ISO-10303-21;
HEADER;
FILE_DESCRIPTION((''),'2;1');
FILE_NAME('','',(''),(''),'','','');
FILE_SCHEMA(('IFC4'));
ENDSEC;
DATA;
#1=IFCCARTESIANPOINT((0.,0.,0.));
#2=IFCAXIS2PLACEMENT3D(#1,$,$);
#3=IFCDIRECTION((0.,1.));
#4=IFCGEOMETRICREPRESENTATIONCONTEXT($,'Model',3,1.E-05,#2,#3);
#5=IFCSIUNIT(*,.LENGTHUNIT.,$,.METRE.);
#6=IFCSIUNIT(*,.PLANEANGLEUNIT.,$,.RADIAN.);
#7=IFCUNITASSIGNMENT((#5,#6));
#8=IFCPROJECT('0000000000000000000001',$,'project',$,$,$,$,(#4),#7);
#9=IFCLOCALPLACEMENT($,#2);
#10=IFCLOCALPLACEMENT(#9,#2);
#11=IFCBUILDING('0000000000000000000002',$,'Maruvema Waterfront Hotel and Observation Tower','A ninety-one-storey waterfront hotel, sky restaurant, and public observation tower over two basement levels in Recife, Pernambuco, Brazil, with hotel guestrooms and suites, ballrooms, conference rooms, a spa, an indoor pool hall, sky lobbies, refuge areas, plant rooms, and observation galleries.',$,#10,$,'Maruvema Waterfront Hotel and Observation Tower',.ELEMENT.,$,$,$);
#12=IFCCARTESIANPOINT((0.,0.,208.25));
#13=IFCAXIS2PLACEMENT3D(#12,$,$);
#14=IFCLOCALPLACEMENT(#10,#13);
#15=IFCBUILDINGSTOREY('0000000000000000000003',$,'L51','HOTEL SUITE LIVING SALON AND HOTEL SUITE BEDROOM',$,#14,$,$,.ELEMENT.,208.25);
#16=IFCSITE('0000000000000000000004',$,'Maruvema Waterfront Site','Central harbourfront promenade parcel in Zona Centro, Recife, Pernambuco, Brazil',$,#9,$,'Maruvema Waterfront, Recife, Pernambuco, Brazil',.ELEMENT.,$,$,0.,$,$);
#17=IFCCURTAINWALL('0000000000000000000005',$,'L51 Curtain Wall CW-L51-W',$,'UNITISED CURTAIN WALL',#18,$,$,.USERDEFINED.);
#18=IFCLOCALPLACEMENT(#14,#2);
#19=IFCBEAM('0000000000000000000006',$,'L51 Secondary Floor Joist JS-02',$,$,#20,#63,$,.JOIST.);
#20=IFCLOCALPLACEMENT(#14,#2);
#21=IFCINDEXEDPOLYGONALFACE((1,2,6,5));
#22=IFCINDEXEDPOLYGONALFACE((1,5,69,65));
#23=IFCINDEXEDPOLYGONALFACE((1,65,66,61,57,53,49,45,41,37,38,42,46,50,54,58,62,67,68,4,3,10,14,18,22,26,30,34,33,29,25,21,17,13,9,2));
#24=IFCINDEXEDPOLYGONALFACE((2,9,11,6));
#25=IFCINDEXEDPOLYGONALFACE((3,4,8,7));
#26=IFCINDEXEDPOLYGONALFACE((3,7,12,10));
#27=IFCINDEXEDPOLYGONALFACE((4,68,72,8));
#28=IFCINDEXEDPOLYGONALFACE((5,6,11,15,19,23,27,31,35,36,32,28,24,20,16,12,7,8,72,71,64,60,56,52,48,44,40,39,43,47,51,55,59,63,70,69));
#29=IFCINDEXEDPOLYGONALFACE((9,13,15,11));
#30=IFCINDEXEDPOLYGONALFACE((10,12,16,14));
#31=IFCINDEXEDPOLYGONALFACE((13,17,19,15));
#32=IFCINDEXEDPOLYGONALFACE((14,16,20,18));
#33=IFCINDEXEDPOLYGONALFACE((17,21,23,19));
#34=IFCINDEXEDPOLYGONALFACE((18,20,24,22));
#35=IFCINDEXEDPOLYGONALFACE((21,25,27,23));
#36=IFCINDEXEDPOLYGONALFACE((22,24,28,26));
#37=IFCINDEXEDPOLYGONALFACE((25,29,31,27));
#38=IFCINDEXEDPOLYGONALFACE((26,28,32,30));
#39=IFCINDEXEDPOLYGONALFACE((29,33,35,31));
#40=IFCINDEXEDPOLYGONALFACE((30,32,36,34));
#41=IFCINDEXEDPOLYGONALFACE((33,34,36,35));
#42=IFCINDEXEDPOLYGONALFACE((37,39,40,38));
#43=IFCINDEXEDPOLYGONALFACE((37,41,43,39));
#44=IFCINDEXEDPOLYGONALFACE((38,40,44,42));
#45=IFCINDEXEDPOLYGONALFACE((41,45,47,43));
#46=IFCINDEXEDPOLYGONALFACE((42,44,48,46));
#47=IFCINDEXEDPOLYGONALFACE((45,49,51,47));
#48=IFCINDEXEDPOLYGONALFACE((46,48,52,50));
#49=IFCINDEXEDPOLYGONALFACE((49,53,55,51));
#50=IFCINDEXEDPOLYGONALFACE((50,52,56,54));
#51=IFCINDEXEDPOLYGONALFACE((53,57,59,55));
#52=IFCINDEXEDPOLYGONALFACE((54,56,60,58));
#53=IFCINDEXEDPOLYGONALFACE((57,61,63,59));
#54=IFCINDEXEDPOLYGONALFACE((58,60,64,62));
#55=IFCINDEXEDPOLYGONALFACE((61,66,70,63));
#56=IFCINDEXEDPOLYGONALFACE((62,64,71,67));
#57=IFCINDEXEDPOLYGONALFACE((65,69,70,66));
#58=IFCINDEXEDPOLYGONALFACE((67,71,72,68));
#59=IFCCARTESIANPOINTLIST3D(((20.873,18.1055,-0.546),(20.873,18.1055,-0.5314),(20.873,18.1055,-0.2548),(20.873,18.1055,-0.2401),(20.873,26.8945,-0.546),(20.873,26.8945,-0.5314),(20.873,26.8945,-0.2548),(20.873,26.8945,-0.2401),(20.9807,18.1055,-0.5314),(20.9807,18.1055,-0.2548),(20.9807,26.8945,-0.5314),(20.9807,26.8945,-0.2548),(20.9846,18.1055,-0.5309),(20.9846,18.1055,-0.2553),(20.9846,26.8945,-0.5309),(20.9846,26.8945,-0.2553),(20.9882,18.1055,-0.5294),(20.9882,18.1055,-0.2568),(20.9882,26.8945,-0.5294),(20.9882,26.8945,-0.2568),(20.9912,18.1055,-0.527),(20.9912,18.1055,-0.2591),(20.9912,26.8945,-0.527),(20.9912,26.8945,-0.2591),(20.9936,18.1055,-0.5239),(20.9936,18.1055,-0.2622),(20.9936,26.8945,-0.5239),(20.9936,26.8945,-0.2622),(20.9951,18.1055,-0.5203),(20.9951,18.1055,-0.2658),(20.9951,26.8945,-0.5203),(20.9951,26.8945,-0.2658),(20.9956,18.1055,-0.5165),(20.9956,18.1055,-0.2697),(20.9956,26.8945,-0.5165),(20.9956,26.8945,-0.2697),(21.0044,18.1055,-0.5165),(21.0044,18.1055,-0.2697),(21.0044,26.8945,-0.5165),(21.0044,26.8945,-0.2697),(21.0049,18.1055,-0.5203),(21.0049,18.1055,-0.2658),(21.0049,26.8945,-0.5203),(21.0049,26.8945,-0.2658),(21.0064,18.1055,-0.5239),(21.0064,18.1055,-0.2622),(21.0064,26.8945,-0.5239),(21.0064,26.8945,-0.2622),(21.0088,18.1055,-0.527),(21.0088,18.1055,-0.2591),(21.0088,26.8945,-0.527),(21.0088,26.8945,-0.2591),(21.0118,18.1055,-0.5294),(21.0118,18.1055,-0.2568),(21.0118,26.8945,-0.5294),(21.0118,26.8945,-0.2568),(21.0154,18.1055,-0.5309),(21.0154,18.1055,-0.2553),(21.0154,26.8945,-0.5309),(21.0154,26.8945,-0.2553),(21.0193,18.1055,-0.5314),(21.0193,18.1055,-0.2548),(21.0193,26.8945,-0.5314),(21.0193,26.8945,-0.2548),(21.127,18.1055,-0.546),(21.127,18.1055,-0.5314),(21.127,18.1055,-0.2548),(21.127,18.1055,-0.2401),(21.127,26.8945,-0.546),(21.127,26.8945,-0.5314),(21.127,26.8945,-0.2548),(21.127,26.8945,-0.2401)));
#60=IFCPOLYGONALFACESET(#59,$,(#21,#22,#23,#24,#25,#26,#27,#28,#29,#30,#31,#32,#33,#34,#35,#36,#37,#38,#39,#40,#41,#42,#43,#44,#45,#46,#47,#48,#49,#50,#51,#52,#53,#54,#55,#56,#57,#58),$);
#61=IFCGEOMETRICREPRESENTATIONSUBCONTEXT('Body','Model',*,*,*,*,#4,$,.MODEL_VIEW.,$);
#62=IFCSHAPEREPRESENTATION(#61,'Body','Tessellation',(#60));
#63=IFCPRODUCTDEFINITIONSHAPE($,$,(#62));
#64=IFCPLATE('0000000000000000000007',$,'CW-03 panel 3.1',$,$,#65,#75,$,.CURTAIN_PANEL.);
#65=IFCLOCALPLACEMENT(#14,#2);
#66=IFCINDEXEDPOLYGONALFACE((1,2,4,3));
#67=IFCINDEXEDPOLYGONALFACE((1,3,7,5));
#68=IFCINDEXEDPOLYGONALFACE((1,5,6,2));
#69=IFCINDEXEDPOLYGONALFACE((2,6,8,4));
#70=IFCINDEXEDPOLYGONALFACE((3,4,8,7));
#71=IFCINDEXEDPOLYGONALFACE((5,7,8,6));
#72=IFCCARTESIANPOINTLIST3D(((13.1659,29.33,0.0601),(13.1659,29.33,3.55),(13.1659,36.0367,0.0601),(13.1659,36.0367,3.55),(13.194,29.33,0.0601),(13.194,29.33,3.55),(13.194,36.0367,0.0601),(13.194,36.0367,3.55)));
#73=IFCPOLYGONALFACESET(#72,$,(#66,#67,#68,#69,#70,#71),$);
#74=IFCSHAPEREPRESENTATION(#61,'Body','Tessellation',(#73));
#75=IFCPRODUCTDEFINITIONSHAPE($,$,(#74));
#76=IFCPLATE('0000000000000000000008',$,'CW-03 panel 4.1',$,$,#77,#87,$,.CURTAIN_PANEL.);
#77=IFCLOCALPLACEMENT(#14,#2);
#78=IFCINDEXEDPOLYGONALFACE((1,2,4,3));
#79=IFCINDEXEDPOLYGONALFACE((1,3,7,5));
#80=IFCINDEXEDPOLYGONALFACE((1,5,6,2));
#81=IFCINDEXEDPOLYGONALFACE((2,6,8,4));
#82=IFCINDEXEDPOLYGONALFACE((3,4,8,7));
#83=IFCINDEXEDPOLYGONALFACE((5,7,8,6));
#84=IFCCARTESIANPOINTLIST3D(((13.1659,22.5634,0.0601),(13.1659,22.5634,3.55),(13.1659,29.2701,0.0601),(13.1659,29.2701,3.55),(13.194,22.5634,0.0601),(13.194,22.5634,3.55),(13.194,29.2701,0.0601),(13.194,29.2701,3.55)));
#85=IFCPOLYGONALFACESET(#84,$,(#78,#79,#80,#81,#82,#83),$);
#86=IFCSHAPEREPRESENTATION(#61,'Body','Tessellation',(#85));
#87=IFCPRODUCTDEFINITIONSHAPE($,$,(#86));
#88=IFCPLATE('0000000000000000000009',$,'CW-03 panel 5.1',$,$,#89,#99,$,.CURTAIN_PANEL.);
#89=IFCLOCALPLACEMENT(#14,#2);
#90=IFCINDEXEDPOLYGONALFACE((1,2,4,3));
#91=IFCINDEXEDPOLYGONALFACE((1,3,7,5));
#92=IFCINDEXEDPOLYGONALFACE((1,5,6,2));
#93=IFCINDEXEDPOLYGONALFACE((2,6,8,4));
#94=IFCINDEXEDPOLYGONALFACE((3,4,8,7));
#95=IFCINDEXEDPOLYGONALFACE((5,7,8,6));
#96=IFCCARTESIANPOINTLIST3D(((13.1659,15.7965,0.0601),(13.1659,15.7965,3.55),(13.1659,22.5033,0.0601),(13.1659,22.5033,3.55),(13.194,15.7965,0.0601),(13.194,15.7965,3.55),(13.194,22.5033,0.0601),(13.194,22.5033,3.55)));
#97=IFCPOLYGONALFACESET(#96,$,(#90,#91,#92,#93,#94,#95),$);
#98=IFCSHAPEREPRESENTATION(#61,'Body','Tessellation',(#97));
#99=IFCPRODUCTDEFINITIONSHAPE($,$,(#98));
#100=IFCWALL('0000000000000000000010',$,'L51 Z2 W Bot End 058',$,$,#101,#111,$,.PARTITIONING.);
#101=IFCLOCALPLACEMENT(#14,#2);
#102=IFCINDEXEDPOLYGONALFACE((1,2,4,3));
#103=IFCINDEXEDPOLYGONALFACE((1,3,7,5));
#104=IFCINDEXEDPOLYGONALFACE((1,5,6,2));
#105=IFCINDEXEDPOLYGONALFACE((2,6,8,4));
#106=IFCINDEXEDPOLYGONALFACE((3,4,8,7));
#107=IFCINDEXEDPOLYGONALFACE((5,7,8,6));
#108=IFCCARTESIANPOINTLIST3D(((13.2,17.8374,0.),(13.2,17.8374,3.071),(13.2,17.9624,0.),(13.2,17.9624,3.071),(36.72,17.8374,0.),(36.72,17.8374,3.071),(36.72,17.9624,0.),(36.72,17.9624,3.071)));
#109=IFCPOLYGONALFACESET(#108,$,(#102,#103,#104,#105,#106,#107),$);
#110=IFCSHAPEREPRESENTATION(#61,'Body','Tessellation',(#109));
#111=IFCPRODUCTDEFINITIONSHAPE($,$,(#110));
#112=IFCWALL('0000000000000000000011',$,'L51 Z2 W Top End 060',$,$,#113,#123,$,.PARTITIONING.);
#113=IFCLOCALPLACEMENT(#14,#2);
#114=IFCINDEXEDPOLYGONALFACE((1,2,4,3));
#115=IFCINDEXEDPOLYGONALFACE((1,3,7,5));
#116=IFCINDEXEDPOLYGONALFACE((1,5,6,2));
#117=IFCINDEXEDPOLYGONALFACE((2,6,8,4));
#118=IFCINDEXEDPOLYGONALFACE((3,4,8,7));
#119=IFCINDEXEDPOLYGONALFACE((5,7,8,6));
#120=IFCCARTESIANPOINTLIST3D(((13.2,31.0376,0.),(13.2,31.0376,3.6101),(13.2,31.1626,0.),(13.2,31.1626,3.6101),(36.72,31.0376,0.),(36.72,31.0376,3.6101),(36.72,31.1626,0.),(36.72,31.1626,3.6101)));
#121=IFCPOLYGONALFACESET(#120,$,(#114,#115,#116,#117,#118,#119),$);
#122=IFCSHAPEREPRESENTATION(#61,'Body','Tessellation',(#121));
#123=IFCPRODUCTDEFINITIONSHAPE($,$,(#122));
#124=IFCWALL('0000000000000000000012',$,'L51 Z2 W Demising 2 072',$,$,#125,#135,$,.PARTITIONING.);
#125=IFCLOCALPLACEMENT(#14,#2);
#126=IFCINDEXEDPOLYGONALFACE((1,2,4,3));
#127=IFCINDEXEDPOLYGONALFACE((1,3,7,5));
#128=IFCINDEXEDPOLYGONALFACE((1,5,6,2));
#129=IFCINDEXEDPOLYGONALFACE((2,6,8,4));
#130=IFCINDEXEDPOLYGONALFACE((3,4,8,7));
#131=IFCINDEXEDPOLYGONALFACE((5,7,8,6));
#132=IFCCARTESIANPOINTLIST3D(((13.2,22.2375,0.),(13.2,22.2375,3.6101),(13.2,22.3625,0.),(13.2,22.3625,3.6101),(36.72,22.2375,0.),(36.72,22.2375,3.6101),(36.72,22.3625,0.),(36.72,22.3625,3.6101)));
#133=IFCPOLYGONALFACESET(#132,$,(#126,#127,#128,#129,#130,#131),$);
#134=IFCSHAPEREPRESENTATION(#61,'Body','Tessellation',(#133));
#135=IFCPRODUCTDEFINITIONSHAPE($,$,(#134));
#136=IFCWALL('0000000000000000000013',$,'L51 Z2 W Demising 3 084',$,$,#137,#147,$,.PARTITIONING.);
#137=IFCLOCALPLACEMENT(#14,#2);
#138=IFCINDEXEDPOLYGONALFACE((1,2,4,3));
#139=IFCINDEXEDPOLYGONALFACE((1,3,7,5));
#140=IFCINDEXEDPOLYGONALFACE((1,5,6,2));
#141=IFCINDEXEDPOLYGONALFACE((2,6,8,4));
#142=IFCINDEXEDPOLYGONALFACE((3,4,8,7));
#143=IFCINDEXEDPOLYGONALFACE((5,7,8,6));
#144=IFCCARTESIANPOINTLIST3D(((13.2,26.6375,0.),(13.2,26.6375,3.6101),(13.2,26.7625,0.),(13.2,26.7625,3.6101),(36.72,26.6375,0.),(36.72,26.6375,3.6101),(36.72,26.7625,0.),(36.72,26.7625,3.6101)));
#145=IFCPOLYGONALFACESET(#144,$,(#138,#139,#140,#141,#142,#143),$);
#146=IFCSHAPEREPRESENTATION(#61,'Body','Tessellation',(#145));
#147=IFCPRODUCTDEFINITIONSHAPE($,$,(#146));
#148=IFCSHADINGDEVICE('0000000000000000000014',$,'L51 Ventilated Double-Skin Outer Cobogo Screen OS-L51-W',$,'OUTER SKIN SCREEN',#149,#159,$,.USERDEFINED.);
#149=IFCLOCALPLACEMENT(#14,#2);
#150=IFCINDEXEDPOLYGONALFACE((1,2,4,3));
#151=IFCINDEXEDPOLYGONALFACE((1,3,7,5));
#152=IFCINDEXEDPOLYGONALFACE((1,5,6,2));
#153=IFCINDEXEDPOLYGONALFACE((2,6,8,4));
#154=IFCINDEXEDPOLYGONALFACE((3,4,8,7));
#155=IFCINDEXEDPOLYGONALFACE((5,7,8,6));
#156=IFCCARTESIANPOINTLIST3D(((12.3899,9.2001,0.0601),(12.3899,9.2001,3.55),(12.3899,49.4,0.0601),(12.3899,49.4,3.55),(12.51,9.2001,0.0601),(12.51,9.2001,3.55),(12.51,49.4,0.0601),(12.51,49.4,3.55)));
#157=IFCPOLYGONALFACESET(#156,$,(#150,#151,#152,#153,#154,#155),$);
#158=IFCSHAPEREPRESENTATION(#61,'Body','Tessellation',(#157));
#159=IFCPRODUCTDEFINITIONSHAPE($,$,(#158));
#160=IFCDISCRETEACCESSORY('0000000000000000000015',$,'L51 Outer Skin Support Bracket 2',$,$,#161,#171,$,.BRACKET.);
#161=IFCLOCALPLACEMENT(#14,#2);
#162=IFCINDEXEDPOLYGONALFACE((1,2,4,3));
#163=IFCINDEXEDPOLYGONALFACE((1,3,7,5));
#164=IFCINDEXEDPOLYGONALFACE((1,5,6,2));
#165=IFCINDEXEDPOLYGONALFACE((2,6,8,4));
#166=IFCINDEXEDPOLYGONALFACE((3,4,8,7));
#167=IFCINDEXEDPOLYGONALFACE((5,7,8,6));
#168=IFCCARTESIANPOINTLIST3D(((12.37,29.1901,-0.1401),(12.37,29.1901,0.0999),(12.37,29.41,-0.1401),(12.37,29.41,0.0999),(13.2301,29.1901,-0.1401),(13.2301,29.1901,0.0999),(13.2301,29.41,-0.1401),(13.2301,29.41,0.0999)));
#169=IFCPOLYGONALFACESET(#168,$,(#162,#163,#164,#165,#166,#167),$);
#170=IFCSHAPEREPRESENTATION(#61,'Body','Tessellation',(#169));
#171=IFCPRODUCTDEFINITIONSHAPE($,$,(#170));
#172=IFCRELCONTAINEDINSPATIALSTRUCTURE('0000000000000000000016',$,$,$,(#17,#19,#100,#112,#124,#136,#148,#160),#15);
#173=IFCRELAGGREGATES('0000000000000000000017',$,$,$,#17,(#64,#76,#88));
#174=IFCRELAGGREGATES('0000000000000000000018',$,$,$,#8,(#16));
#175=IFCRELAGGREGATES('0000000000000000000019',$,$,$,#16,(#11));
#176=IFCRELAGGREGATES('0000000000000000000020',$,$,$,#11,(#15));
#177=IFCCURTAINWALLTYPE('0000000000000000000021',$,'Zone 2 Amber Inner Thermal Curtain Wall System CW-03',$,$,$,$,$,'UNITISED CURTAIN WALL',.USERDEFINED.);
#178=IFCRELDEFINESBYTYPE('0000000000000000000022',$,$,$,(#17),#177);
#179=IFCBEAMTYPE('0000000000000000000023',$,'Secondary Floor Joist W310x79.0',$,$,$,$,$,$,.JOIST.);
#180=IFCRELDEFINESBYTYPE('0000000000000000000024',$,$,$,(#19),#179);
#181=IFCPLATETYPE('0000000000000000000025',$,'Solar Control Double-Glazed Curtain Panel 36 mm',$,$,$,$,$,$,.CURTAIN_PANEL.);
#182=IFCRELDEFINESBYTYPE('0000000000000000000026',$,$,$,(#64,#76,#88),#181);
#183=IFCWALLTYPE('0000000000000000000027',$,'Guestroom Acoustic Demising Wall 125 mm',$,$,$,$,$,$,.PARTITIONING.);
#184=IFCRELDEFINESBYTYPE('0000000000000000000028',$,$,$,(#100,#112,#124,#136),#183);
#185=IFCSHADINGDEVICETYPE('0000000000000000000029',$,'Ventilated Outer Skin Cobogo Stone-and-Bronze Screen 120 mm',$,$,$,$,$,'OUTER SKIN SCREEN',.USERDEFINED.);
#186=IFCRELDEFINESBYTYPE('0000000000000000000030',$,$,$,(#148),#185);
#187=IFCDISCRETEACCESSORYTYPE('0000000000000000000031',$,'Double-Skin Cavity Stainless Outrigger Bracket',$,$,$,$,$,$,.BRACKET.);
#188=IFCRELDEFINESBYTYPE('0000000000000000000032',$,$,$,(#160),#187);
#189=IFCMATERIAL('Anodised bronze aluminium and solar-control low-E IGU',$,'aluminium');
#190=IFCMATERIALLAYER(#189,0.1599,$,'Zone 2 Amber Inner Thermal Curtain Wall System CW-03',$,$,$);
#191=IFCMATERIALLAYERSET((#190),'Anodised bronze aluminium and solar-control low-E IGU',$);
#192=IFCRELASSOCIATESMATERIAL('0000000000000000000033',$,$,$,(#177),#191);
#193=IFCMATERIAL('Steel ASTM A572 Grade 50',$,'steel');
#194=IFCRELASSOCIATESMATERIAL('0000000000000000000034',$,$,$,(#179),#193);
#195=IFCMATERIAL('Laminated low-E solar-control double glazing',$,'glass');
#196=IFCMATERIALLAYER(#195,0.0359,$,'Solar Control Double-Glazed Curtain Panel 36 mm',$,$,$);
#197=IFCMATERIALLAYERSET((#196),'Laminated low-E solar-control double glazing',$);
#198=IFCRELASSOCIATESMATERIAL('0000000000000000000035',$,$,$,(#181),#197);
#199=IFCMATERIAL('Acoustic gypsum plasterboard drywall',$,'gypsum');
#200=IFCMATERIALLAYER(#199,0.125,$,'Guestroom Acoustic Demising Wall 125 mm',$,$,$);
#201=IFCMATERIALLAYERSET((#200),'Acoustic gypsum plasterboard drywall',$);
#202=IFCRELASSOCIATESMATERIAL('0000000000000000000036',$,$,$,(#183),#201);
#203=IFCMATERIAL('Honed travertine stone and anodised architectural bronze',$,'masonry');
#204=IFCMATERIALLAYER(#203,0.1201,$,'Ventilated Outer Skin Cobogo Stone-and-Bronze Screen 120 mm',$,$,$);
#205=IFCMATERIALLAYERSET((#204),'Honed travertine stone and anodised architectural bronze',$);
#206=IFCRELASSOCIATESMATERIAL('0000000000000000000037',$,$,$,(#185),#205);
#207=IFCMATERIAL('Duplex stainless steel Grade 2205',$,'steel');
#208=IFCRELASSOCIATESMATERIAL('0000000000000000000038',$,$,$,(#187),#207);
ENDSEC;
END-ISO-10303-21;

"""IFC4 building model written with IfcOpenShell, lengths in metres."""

from ifc_helpers import new_model, si_unit, direction, frame, frame_2d, origin, origin_2d, place, context, subcontext, project, spatial, rectangle, i_section, extrude, material, layer, layer_set, material_profile, profile_set, type_object, element, aggregate, save


model = new_model("IFC4")

# Units and contexts
model_context = context("Model", 3, precision=1e-05, world=origin(), true_north=direction((0.0, 1.0)))
body_context = subcontext(model_context, "Body", "Model", "MODEL_VIEW")
ifc_project = project(units=[si_unit("LENGTHUNIT", "METRE"), si_unit("PLANEANGLEUNIT", "RADIAN")], contexts=[model_context])

# Site, building, storey
site_placement = place(None, origin())
site = spatial("IfcSite", under=ifc_project, at=site_placement, Name="Maruvema Waterfront Site", Description="Central harbourfront promenade parcel in Zona Centro, Recife, Pernambuco, Brazil", LongName="Maruvema Waterfront, Recife, Pernambuco, Brazil", CompositionType="ELEMENT", RefElevation=0.0)
building_placement = place(site_placement, origin())
building = spatial("IfcBuilding", under=site, at=building_placement, Name="Maruvema Waterfront Hotel and Observation Tower", Description="A ninety-one-storey waterfront hotel, sky restaurant, and public observation tower over two basement levels in Recife, Pernambuco, Brazil, with hotel guestrooms and suites, ballrooms, conference rooms, a spa, an indoor pool hall, sky lobbies, refuge areas, plant rooms, and observation galleries.", LongName="Maruvema Waterfront Hotel and Observation Tower", CompositionType="ELEMENT")
storey_placement = place(building_placement, frame((0.0, 0.0, 208.25)))
storey = spatial("IfcBuildingStorey", under=building, at=storey_placement, Name="L51", Description="HOTEL SUITE LIVING SALON AND HOTEL SUITE BEDROOM", CompositionType="ELEMENT", Elevation=208.25)

# Curtain wall
ifc_material_1 = material(Name="Anodised bronze aluminium and solar-control low-E IGU", Category="aluminium")
ifc_layer_1 = layer(ifc_material_1, 0.1599, Name="Zone 2 Amber Inner Thermal Curtain Wall System CW-03")
ifc_layer_set_1 = layer_set([ifc_layer_1], Name="Anodised bronze aluminium and solar-control low-E IGU")
curtain_wall_type = type_object("IfcCurtainWallType", Name="Zone 2 Amber Inner Thermal Curtain Wall System CW-03", ElementType="UNITISED CURTAIN WALL", PredefinedType="USERDEFINED", material=ifc_layer_set_1)
curtain_wall_placement = place(storey_placement, origin())
curtain_wall = element("IfcCurtainWall", 1, at=curtain_wall_placement, inside=storey, type_object=curtain_wall_type, Name="L51 Curtain Wall CW-L51-W", ObjectType="UNITISED CURTAIN WALL", PredefinedType="USERDEFINED")

# Beam
ifc_material_2 = material(Name="Steel ASTM A572 Grade 50", Category="steel")
ifc_material_profile_1 = material_profile(ifc_material_2, i_section(OverallWidth=0.2539, OverallDepth=0.3059, WebThickness=0.0088, FlangeThickness=0.0146, FilletRadius=0.0149, at=origin_2d()), Name="W310x79.0")
ifc_profile_set_1 = profile_set([ifc_material_profile_1], Name="Steel ASTM A572 Grade 50")
beam_type_1 = type_object("IfcBeamType", Name="Secondary Floor Joist W310x79.0", PredefinedType="JOIST", material=ifc_profile_set_1)
beam_1_placement = place(storey_placement, frame((21.0, 18.1055, -0.3931), z_axis=(0.0, 1.0, 0.0), x_axis=(-1.0, 0.0, 0.0)))
element("IfcBeam", 2, at=beam_1_placement, inside=storey, type_object=beam_type_1, Name="L51 Secondary Floor Joist JS-02", PredefinedType="JOIST", context=body_context, shape_type="SweptSolid", body=[
    extrude(i_section(OverallWidth=0.2539, OverallDepth=0.3059, WebThickness=0.0088, FlangeThickness=0.0146, FilletRadius=0.0149, at=origin_2d()), origin(), (0.0, 0.0, 1.0), 8.7891),
])

# Plates
ifc_material_3 = material(Name="Laminated low-E solar-control double glazing", Category="glass")
ifc_layer_2 = layer(ifc_material_3, 0.0359, Name="Solar Control Double-Glazed Curtain Panel 36 mm")
ifc_layer_set_2 = layer_set([ifc_layer_2], Name="Laminated low-E solar-control double glazing")
plate_type = type_object("IfcPlateType", Name="Solar Control Double-Glazed Curtain Panel 36 mm", PredefinedType="CURTAIN_PANEL", material=ifc_layer_set_2)
plate_1_placement = place(storey_placement, frame((13.1799, 32.6833, 0.0601), z_axis=(0.0, 0.0, 1.0), x_axis=(0.0, -1.0, 0.0)))
plate_1 = element("IfcPlate", 3, at=plate_1_placement, type_object=plate_type, Name="CW-03 panel 3.1", PredefinedType="CURTAIN_PANEL", context=body_context, shape_type="SweptSolid", body=[
    extrude(rectangle(XDim=6.7068, YDim=0.0281, at=origin_2d()), origin(), (0.0, 0.0, 1.0), 3.49),
])
plate_2_placement = place(storey_placement, frame((13.1799, 25.9167, 0.0601), z_axis=(0.0, 0.0, 1.0), x_axis=(0.0, -1.0, 0.0)))
plate_2 = element("IfcPlate", 4, at=plate_2_placement, type_object=plate_type, Name="CW-03 panel 4.1", PredefinedType="CURTAIN_PANEL", context=body_context, shape_type="SweptSolid", body=[
    extrude(rectangle(XDim=6.7068, YDim=0.0281, at=origin_2d()), origin(), (0.0, 0.0, 1.0), 3.49),
])
plate_3_placement = place(storey_placement, frame((13.1799, 19.1499, 0.0601), z_axis=(0.0, 0.0, 1.0), x_axis=(0.0, -1.0, 0.0)))
plate_3 = element("IfcPlate", 5, at=plate_3_placement, type_object=plate_type, Name="CW-03 panel 5.1", PredefinedType="CURTAIN_PANEL", context=body_context, shape_type="SweptSolid", body=[
    extrude(rectangle(XDim=6.7068, YDim=0.0281, at=origin_2d()), origin(), (0.0, 0.0, 1.0), 3.49),
])
aggregate(curtain_wall, [plate_1, plate_2, plate_3])

# Walls
ifc_material_4 = material(Name="Acoustic gypsum plasterboard drywall", Category="gypsum")
ifc_layer_3 = layer(ifc_material_4, 0.125, Name="Guestroom Acoustic Demising Wall 125 mm")
ifc_layer_set_3 = layer_set([ifc_layer_3], Name="Acoustic gypsum plasterboard drywall")
wall_type = type_object("IfcWallType", Name="Guestroom Acoustic Demising Wall 125 mm", PredefinedType="PARTITIONING", material=ifc_layer_set_3)
wall_placement = place(storey_placement, frame((13.2, 17.8999, 0.0), z_axis=(0.0, 0.0, 1.0), x_axis=(1.0, 0.0, 0.0)))
element("IfcWall", 6, at=wall_placement, inside=storey, type_object=wall_type, Name="L51 Z2 W Bot End 058", PredefinedType="PARTITIONING", context=body_context, shape_type="SweptSolid", body=[
    extrude(rectangle(XDim=23.52, YDim=0.125, at=frame_2d((11.76, 0.0))), origin(), (0.0, 0.0, 1.0), 3.071),
])
for number, where, z_axis, x_axis, name in (
    (7, (13.2, 31.1001, 0.0), (0.0, 0.0, 1.0), (1.0, 0.0, 0.0), "L51 Z2 W Top End 060"),
    (8, (13.2, 22.3, 0.0), (0.0, 0.0, 1.0), (1.0, 0.0, 0.0), "L51 Z2 W Demising 2 072"),
    (9, (13.2, 26.7, 0.0), (0.0, 0.0, 1.0), (1.0, 0.0, 0.0), "L51 Z2 W Demising 3 084"),
):
    element("IfcWall", number, at=place(storey_placement, frame(where, z_axis=z_axis, x_axis=x_axis)), inside=storey, type_object=wall_type, Name=name, PredefinedType="PARTITIONING", context=body_context, shape_type="SweptSolid", body=[
        extrude(rectangle(XDim=23.52, YDim=0.125, at=frame_2d((11.76, 0.0))), origin(), (0.0, 0.0, 1.0), 3.6101),
    ])

# Shading device
ifc_material_5 = material(Name="Honed travertine stone and anodised architectural bronze", Category="masonry")
ifc_layer_4 = layer(ifc_material_5, 0.1201, Name="Ventilated Outer Skin Cobogo Stone-and-Bronze Screen 120 mm")
ifc_layer_set_4 = layer_set([ifc_layer_4], Name="Honed travertine stone and anodised architectural bronze")
shading_device_type = type_object("IfcShadingDeviceType", Name="Ventilated Outer Skin Cobogo Stone-and-Bronze Screen 120 mm", ElementType="OUTER SKIN SCREEN", PredefinedType="USERDEFINED", material=ifc_layer_set_4)
shading_device_placement = place(storey_placement, frame((12.45, 29.3, 0.0601), z_axis=(0.0, 0.0, 1.0), x_axis=(0.0, -1.0, 0.0)))
element("IfcShadingDevice", 10, at=shading_device_placement, inside=storey, type_object=shading_device_type, Name="L51 Ventilated Double-Skin Outer Cobogo Screen OS-L51-W", ObjectType="OUTER SKIN SCREEN", PredefinedType="USERDEFINED", context=body_context, shape_type="SweptSolid", body=[
    extrude(rectangle(XDim=40.2, YDim=0.1201, at=origin_2d()), origin(), (0.0, 0.0, 1.0), 3.49),
])

# Discrete accessory
ifc_material_6 = material(Name="Duplex stainless steel Grade 2205", Category="steel")
discrete_accessory_type = type_object("IfcDiscreteAccessoryType", Name="Double-Skin Cavity Stainless Outrigger Bracket", PredefinedType="BRACKET", material=ifc_material_6)
discrete_accessory_placement = place(storey_placement, frame((12.8, 29.3, -0.1401), z_axis=(0.0, 0.0, 1.0), x_axis=(0.0, -1.0, 0.0)))
element("IfcDiscreteAccessory", 11, at=discrete_accessory_placement, inside=storey, type_object=discrete_accessory_type, Name="L51 Outer Skin Support Bracket 2", PredefinedType="BRACKET", context=body_context, shape_type="SweptSolid", body=[
    extrude(rectangle(XDim=0.22, YDim=0.8601, at=origin_2d()), origin(), (0.0, 0.0, 1.0), 0.24),
])

save(model, "model.ifc")
